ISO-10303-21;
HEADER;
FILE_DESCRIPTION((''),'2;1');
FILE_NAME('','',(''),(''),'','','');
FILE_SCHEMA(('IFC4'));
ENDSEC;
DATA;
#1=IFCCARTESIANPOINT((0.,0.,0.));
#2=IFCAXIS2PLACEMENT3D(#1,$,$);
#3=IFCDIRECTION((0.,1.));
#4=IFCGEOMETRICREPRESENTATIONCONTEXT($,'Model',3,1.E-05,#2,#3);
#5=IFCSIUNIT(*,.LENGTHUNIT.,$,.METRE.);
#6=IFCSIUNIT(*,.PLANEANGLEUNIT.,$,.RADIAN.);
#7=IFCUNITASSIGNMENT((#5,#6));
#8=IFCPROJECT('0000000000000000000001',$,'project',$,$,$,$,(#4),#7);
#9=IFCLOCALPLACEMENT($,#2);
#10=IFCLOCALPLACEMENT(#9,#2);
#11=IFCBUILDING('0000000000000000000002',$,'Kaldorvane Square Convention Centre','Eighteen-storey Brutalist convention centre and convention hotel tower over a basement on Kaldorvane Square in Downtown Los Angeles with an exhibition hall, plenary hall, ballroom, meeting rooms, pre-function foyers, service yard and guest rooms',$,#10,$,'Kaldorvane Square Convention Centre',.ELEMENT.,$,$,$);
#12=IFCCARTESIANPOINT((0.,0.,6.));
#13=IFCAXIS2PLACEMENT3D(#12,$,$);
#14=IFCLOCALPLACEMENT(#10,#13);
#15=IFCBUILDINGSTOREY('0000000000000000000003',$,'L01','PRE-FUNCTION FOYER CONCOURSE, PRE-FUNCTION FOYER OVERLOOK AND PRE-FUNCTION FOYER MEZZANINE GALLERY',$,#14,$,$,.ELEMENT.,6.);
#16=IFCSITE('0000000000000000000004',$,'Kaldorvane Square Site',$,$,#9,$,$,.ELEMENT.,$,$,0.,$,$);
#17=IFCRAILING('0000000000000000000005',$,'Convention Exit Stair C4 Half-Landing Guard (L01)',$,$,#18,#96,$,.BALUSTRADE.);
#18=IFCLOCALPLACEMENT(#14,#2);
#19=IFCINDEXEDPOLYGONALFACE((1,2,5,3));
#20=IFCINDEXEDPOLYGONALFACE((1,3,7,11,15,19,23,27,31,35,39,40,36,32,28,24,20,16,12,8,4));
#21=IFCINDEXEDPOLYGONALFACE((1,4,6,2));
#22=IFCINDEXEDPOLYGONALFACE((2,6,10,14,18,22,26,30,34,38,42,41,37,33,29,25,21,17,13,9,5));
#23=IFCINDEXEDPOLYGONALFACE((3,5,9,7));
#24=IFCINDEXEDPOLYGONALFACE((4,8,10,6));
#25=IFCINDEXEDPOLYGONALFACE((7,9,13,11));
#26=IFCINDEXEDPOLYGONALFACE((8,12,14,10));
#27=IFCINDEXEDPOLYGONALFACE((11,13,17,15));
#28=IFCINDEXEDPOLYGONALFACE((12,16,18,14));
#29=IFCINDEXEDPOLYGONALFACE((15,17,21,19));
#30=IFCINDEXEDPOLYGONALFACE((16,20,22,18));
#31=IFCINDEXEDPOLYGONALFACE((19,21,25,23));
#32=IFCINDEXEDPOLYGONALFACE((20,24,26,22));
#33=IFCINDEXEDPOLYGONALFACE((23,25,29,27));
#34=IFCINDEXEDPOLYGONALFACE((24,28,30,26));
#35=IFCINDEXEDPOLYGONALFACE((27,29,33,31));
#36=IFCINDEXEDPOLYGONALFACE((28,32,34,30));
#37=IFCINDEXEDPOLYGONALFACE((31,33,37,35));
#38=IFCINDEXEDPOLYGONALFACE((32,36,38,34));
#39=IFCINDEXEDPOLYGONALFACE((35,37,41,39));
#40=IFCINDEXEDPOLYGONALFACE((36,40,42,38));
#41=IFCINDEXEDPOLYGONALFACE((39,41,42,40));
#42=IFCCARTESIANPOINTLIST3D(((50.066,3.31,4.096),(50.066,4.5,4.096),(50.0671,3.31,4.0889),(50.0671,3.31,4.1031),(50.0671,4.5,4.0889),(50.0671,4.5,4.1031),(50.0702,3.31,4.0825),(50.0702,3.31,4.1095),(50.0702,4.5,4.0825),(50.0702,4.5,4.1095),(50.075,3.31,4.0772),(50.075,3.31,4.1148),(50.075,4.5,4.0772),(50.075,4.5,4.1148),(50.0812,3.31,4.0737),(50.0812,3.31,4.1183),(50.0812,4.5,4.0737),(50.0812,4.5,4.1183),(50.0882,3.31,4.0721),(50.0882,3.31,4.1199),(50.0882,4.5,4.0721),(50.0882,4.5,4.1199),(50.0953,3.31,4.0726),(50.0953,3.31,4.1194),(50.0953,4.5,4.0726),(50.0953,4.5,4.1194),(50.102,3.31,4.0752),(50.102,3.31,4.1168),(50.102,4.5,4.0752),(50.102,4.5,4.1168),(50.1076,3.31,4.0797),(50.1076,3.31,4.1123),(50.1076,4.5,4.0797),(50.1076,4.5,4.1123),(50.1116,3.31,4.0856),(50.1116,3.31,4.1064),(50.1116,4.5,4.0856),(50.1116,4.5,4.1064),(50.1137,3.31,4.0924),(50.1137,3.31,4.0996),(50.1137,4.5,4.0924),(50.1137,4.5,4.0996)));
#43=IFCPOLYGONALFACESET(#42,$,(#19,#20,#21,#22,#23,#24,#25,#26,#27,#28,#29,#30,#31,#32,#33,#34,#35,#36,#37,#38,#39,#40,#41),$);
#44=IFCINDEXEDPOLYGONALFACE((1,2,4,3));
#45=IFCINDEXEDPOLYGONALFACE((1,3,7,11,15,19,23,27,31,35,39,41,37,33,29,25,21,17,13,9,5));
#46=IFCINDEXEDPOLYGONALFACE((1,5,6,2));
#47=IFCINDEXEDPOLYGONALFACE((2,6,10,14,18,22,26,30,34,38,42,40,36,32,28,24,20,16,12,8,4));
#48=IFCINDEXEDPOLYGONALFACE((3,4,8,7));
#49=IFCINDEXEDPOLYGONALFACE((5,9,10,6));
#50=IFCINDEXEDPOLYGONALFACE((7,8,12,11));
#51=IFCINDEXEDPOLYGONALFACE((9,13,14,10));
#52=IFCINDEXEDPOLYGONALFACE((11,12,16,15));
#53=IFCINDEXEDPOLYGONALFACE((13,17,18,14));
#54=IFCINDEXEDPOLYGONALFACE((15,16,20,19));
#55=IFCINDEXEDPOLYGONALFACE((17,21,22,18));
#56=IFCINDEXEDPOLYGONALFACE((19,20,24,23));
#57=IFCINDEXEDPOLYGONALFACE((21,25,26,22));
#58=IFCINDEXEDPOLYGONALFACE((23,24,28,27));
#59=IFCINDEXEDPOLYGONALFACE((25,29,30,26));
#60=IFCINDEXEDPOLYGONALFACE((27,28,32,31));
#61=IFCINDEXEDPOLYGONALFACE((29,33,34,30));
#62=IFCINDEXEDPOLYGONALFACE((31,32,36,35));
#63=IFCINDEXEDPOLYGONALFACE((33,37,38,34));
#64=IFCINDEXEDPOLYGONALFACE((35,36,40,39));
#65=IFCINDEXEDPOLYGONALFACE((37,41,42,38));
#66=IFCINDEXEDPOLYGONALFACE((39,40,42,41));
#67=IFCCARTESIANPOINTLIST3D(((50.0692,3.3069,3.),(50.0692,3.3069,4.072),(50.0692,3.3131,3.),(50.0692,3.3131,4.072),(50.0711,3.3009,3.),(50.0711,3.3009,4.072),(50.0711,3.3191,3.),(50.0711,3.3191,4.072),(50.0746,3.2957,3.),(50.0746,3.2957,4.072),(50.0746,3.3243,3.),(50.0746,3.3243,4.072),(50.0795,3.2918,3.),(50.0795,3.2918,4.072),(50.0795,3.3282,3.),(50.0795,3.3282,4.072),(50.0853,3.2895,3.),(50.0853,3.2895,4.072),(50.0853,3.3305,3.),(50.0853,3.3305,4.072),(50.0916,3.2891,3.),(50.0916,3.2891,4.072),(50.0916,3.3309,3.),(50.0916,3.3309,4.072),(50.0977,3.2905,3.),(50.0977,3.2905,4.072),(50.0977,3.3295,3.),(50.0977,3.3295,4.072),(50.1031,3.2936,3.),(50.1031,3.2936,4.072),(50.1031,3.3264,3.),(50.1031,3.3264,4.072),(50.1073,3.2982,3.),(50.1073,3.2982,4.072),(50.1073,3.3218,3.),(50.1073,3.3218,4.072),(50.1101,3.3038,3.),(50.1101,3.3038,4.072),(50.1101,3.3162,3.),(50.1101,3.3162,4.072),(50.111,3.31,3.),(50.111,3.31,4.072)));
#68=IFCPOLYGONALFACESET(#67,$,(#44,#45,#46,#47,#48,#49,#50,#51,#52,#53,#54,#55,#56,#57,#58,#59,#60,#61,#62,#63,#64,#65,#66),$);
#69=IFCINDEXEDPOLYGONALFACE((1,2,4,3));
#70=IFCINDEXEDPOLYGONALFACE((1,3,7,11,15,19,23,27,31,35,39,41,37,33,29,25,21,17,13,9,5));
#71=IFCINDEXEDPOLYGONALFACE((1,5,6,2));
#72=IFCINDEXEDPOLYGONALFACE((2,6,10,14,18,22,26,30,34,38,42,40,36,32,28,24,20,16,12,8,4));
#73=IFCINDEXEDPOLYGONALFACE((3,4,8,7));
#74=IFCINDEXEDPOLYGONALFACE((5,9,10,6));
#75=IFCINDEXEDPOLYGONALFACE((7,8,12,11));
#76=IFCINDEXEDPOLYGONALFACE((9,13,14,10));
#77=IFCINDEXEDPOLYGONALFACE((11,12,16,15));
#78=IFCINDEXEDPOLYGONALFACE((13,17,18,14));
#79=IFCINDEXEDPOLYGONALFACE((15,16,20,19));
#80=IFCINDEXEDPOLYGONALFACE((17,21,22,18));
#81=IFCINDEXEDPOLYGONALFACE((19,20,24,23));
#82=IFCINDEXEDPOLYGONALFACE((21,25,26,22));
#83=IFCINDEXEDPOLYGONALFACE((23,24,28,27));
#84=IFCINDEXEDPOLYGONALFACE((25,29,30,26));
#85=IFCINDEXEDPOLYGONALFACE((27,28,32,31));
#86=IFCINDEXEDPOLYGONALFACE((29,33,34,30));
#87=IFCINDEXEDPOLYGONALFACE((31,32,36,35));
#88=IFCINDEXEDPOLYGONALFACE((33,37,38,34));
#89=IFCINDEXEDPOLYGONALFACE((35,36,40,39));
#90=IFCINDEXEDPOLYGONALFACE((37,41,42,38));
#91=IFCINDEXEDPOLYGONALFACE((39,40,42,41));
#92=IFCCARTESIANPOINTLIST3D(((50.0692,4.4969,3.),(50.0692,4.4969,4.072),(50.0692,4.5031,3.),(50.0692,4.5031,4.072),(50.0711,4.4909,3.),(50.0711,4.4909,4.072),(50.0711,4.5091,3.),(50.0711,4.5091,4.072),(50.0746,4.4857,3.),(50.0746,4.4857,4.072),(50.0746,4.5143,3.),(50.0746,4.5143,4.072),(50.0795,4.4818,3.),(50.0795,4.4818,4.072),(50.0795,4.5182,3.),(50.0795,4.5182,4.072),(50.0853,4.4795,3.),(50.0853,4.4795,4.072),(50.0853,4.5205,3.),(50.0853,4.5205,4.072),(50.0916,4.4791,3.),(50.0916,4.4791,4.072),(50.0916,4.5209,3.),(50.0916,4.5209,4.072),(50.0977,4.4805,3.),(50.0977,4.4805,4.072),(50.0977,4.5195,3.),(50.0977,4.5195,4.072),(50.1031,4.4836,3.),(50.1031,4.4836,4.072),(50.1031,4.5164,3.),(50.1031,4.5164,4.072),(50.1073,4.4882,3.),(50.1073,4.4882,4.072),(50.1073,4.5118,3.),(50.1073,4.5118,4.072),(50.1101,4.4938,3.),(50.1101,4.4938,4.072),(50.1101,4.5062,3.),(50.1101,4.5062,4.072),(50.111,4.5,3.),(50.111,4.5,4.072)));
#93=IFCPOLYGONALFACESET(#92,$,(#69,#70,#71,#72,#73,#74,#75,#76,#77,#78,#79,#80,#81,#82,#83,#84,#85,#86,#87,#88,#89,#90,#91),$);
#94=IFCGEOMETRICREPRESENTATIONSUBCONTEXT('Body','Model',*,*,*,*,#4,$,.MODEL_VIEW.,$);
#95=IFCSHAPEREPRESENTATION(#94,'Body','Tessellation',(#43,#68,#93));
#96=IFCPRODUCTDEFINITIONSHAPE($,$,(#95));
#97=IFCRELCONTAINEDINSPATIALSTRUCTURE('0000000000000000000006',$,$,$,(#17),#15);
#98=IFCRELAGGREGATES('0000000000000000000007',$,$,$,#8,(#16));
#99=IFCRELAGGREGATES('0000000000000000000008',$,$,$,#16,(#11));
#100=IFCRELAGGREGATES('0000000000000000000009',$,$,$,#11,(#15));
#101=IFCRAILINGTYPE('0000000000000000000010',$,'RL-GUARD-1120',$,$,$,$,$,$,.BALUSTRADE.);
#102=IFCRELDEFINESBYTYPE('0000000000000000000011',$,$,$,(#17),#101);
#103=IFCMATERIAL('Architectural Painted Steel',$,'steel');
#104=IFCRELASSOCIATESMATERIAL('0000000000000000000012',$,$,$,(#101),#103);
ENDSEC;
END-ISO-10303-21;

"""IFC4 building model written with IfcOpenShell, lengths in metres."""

from ifc_helpers import new_model, si_unit, direction, frame, origin, origin_2d, place, context, subcontext, project, spatial, circle, extrude, material, type_object, element, save


model = new_model("IFC4")

# Units and contexts
model_context = context("Model", 3, precision=1e-05, world=origin(), true_north=direction((0.0, 1.0)))
body_context = subcontext(model_context, "Body", "Model", "MODEL_VIEW")
ifc_project = project(units=[si_unit("LENGTHUNIT", "METRE"), si_unit("PLANEANGLEUNIT", "RADIAN")], contexts=[model_context])

# Site, building, storey
site_placement = place(None, origin())
site = spatial("IfcSite", under=ifc_project, at=site_placement, Name="Kaldorvane Square Site", CompositionType="ELEMENT", RefElevation=0.0)
building_placement = place(site_placement, origin())
building = spatial("IfcBuilding", under=site, at=building_placement, Name="Kaldorvane Square Convention Centre", Description="Eighteen-storey Brutalist convention centre and convention hotel tower over a basement on Kaldorvane Square in Downtown Los Angeles with an exhibition hall, plenary hall, ballroom, meeting rooms, pre-function foyers, service yard and guest rooms", LongName="Kaldorvane Square Convention Centre", CompositionType="ELEMENT")
storey_placement = place(building_placement, frame((0.0, 0.0, 6.0)))
storey = spatial("IfcBuildingStorey", under=building, at=storey_placement, Name="L01", Description="PRE-FUNCTION FOYER CONCOURSE, PRE-FUNCTION FOYER OVERLOOK AND PRE-FUNCTION FOYER MEZZANINE GALLERY", CompositionType="ELEMENT", Elevation=6.0)

# Railing
ifc_material_1 = material(Name="Architectural Painted Steel", Category="steel")
railing_type_1 = type_object("IfcRailingType", Name="RL-GUARD-1120", PredefinedType="BALUSTRADE", material=ifc_material_1)
for number, where, name in (
    (1, (50.09, 3.31, 3.0), "Convention Exit Stair C4 Half-Landing Guard (L01)"),
):
    element("IfcRailing", number, at=place(storey_placement, frame(where)), inside=storey, type_object=railing_type_1, Name=name, PredefinedType="BALUSTRADE", context=body_context, shape_type="SweptSolid", body=[
        extrude(circle(Radius=0.024, at=origin_2d()), frame((0.0, 0.0, 1.096), z_axis=(0.0, 1.0, 0.0), x_axis=(-1.0, 0.0, 0.0)), (0.0, 0.0, 1.0), 1.19),
        extrude(circle(Radius=0.021, at=origin_2d()), origin(), (0.0, 0.0, 1.0), 1.072),
        extrude(circle(Radius=0.021, at=origin_2d()), frame((0.0, 1.19, 0.0)), (0.0, 0.0, 1.0), 1.072),
    ])

save(model, "model.ifc")
